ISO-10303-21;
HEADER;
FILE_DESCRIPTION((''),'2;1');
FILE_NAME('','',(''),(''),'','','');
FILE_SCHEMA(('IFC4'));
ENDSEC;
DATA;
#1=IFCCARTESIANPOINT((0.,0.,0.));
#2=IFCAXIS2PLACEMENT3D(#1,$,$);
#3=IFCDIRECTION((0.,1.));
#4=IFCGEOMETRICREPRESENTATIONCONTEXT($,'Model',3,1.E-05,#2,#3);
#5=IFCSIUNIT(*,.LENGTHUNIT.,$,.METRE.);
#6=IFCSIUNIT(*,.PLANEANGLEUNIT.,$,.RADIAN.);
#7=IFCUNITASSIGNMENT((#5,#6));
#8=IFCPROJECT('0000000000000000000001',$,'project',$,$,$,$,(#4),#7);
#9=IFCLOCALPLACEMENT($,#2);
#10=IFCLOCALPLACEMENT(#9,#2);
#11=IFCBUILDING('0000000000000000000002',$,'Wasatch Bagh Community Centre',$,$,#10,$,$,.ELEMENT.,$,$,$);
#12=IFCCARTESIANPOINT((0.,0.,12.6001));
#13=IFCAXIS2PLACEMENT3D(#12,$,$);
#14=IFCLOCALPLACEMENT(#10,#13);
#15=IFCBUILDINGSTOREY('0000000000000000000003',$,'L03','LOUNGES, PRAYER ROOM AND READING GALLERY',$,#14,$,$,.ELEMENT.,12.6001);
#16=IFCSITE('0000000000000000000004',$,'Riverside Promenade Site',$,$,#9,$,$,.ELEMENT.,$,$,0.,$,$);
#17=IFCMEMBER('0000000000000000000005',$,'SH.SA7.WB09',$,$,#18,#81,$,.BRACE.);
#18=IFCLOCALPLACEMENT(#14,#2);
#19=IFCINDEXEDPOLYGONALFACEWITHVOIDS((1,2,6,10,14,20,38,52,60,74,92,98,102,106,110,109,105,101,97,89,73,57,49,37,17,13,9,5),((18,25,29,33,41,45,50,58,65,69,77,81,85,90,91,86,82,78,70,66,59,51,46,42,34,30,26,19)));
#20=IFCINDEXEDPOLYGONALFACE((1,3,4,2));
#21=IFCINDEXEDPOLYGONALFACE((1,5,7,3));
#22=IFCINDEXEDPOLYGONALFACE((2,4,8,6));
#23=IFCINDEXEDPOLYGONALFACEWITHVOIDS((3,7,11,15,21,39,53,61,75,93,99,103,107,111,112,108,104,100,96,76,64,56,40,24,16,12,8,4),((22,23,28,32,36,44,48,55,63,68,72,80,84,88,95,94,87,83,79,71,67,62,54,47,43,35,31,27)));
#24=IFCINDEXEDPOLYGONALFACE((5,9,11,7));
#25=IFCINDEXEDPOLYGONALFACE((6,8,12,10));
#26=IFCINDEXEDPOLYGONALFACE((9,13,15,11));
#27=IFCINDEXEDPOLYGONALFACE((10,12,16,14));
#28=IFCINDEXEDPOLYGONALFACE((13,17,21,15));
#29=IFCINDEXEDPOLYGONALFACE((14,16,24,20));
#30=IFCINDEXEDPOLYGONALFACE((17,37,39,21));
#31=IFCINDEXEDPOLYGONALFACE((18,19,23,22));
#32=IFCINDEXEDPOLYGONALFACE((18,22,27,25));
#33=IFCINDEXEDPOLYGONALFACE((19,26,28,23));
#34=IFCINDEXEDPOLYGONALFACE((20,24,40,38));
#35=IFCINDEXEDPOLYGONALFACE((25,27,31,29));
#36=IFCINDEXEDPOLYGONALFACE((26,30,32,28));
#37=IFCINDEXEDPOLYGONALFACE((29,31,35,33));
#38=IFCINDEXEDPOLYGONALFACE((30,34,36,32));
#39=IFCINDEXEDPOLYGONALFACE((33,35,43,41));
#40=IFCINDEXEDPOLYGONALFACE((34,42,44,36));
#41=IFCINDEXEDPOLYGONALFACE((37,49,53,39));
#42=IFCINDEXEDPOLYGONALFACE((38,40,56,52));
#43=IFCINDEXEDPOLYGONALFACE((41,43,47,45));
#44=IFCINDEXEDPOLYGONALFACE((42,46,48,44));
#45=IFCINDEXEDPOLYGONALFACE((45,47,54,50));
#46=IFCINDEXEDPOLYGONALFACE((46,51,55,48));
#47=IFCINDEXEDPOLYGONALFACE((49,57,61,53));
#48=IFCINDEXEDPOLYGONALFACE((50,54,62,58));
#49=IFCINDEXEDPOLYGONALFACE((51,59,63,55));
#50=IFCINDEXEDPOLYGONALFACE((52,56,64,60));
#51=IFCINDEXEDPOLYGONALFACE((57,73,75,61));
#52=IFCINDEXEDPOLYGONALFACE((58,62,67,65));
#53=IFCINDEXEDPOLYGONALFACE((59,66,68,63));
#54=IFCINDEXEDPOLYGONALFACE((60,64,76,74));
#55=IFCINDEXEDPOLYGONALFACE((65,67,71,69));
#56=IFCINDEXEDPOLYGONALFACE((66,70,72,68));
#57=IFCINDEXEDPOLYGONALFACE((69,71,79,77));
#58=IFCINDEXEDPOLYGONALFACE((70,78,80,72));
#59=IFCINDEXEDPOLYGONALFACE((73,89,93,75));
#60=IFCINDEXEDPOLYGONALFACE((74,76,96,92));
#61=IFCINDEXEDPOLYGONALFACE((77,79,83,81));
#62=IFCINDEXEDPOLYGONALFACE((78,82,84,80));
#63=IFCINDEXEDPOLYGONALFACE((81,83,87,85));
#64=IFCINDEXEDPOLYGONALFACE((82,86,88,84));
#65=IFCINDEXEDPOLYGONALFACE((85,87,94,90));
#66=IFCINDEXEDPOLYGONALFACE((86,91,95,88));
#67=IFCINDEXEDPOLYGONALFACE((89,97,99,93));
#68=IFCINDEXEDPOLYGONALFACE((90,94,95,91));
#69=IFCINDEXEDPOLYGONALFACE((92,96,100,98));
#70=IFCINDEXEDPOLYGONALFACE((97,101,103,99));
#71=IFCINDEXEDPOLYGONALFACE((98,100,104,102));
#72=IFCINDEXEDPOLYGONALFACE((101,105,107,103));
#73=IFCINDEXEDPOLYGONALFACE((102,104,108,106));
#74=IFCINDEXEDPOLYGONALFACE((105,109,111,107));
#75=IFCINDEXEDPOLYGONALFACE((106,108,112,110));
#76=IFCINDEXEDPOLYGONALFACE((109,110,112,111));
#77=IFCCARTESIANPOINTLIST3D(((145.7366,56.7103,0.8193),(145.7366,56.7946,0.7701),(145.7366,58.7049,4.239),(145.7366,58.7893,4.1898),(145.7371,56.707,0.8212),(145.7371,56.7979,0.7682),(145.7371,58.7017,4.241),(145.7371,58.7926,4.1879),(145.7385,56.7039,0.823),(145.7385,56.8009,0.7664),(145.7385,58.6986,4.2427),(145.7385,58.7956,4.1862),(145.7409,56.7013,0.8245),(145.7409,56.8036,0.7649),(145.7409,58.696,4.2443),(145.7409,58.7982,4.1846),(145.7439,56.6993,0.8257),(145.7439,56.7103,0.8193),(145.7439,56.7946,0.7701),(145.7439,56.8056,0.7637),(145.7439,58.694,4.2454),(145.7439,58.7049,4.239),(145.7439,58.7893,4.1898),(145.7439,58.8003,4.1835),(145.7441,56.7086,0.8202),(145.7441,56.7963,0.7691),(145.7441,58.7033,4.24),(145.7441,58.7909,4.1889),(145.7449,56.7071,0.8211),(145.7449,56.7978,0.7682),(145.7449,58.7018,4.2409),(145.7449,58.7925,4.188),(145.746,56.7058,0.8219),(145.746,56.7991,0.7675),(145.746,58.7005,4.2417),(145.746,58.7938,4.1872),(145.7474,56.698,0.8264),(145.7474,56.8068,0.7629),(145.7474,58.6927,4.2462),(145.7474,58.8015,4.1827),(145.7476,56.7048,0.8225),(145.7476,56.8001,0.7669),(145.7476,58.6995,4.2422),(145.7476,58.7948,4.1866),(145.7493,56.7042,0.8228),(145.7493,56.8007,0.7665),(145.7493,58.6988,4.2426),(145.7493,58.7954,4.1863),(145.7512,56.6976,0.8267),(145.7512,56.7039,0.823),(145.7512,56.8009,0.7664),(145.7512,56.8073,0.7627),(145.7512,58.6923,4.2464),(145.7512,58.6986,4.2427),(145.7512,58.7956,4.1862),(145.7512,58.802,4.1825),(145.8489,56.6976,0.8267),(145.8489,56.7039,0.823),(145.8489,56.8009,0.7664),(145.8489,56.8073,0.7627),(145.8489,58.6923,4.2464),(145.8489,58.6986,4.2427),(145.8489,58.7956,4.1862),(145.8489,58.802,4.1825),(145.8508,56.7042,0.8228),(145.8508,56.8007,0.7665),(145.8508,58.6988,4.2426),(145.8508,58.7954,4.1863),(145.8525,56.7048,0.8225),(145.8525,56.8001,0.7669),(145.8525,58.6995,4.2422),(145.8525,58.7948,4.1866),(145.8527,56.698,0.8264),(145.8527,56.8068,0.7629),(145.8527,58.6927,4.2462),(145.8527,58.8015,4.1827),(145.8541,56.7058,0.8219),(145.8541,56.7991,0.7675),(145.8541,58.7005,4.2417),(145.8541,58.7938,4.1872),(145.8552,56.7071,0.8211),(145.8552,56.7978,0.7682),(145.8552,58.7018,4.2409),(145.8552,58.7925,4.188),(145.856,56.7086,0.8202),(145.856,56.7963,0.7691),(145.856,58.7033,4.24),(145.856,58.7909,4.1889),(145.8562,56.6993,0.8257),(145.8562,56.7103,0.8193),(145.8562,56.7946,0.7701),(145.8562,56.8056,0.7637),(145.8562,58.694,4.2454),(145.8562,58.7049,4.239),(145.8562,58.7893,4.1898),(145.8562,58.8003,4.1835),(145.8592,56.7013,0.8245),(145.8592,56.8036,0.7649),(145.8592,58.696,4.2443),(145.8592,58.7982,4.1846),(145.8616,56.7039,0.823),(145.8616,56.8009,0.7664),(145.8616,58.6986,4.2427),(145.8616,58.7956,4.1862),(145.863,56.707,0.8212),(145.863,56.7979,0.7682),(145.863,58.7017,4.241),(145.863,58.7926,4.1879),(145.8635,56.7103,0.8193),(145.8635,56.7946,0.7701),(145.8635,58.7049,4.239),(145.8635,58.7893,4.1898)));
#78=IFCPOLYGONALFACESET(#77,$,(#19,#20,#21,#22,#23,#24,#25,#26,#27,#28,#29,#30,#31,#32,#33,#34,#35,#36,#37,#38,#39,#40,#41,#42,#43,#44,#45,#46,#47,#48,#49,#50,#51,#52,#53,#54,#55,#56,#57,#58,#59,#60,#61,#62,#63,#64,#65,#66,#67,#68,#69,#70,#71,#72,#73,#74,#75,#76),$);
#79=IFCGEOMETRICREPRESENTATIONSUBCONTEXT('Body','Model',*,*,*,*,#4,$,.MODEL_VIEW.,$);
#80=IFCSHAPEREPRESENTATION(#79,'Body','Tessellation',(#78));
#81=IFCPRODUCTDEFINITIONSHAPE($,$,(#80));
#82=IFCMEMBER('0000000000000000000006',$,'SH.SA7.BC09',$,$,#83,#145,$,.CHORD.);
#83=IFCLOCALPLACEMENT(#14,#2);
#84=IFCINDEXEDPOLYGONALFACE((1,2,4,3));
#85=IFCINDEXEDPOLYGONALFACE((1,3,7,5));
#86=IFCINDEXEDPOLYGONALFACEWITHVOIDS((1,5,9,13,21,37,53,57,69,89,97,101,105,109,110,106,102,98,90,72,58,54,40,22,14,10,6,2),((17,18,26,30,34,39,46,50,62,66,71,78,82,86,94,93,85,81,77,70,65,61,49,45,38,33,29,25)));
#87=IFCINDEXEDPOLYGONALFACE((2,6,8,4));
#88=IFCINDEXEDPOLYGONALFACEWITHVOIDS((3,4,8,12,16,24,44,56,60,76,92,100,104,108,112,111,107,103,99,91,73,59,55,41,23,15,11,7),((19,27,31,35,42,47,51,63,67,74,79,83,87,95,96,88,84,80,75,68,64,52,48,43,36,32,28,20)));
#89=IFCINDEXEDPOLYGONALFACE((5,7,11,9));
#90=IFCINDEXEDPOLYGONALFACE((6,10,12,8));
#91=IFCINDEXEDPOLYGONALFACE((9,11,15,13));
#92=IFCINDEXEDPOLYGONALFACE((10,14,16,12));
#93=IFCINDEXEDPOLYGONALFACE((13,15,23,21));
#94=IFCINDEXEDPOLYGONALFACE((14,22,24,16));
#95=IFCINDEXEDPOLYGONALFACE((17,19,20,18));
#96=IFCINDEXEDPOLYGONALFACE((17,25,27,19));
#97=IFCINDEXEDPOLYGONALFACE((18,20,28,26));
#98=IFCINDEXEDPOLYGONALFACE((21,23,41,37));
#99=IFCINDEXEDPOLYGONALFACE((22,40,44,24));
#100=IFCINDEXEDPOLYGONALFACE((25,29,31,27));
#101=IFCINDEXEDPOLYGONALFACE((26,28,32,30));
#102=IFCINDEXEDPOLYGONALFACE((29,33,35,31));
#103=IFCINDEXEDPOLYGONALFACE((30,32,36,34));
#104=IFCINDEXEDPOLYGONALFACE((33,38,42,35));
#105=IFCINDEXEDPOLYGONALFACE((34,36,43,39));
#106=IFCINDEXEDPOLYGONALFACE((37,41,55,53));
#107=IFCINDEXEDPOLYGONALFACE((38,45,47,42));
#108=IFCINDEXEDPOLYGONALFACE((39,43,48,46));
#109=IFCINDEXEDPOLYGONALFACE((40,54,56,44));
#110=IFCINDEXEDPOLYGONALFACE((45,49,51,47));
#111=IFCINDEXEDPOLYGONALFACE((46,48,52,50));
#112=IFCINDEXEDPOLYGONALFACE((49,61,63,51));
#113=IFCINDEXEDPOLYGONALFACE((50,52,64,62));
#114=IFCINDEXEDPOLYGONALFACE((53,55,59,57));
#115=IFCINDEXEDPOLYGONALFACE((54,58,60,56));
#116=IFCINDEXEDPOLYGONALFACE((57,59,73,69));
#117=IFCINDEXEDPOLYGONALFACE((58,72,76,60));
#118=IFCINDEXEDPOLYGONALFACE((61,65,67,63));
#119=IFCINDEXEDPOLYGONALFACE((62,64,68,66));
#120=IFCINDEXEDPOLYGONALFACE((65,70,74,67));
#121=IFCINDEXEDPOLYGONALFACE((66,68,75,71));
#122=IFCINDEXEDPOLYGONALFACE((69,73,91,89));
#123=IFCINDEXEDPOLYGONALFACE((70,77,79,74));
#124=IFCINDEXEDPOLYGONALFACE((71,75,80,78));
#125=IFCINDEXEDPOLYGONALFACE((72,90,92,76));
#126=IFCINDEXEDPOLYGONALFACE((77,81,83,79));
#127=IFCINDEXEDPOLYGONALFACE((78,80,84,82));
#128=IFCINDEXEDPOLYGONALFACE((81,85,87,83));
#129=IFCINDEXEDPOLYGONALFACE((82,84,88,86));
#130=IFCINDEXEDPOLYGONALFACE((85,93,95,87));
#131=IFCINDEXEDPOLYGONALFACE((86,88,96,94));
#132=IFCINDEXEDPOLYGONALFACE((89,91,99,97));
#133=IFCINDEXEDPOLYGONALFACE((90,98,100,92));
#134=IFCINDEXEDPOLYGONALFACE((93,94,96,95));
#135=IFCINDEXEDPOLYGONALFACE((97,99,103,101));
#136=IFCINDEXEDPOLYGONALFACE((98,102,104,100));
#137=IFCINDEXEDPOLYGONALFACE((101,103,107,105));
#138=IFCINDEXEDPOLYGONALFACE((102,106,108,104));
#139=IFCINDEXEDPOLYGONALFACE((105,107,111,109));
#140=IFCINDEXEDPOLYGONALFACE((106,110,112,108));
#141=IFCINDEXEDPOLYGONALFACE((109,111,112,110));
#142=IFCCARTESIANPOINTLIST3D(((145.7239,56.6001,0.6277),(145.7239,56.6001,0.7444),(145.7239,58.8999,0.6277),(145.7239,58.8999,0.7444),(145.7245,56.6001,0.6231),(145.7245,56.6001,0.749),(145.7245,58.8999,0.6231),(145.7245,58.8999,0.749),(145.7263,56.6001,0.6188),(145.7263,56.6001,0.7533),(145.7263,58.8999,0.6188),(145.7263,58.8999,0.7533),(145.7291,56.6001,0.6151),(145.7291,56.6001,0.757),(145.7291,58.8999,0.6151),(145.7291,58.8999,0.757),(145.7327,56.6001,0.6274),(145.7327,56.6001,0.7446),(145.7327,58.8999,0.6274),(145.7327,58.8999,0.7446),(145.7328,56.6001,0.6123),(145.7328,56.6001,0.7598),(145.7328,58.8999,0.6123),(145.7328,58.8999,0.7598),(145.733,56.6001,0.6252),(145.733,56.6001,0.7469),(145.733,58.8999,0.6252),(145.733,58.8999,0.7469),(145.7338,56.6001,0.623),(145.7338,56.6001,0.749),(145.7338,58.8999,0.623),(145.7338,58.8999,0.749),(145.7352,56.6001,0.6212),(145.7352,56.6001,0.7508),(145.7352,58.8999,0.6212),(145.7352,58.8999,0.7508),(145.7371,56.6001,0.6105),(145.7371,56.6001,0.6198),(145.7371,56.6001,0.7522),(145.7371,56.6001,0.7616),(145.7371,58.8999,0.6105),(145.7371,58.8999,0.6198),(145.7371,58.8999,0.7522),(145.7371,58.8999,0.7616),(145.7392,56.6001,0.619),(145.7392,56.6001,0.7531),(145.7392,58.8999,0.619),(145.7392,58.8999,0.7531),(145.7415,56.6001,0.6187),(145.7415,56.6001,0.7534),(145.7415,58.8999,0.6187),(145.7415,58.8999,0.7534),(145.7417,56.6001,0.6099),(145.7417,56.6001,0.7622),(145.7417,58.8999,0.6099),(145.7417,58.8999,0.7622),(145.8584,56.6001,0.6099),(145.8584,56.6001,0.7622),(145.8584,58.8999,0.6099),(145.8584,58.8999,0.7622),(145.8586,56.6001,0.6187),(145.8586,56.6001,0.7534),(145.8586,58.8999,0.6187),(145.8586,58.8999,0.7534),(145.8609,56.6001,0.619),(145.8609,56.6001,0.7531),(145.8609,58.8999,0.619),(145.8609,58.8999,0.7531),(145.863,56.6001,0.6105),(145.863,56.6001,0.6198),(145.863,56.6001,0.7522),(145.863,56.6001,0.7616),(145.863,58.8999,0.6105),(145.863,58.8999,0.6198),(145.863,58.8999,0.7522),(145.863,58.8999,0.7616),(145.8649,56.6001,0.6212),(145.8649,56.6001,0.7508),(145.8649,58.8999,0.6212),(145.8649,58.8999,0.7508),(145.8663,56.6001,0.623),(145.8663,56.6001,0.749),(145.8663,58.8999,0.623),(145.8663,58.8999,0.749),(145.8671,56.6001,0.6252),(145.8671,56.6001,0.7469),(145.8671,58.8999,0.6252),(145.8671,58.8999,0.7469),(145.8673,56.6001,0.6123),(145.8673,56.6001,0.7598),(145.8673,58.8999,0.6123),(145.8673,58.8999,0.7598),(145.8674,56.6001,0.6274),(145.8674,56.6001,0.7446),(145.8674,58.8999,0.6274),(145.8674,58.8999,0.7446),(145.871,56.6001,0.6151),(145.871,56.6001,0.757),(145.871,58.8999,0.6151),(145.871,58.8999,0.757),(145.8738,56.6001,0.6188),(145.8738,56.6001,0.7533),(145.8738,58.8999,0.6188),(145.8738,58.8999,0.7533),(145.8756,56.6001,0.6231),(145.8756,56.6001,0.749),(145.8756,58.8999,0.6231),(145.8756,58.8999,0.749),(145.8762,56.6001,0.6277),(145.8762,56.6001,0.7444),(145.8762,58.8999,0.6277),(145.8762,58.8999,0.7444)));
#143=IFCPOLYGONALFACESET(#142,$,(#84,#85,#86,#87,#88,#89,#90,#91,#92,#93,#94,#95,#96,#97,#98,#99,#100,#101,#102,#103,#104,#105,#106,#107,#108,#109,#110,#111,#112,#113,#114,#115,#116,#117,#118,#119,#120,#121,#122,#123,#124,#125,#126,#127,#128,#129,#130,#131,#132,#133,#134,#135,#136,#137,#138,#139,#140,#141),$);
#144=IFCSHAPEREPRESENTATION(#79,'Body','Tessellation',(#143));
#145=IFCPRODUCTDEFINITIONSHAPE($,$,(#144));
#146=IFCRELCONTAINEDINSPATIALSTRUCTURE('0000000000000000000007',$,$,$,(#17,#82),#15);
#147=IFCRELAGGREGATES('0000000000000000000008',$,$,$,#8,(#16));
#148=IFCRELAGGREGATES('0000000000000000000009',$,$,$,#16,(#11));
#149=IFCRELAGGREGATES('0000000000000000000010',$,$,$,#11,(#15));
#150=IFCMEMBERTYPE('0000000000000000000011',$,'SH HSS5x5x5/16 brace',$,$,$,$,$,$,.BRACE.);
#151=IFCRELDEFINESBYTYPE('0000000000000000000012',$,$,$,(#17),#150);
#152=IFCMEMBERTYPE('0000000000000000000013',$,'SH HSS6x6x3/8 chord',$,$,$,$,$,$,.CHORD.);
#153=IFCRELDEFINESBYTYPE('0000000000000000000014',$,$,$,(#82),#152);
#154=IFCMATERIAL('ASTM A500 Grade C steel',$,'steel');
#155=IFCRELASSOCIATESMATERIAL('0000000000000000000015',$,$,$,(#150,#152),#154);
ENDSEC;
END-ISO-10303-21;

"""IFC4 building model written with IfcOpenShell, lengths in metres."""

from ifc_helpers import new_model, si_unit, direction, frame, origin, origin_2d, place, context, subcontext, project, spatial, hollow_rectangle, extrude, material, material_profile, profile_set, type_object, element, save


model = new_model("IFC4")

# Units and contexts
model_context = context("Model", 3, precision=1e-05, world=origin(), true_north=direction((0.0, 1.0)))
body_context = subcontext(model_context, "Body", "Model", "MODEL_VIEW")
ifc_project = project(units=[si_unit("LENGTHUNIT", "METRE"), si_unit("PLANEANGLEUNIT", "RADIAN")], contexts=[model_context])

# Site, building, storey
site_placement = place(None, origin())
site = spatial("IfcSite", under=ifc_project, at=site_placement, Name="Riverside Promenade Site", CompositionType="ELEMENT", RefElevation=0.0)
building_placement = place(site_placement, origin())
building = spatial("IfcBuilding", under=site, at=building_placement, Name="Wasatch Bagh Community Centre", CompositionType="ELEMENT")
storey_placement = place(building_placement, frame((0.0, 0.0, 12.6001)))
storey = spatial("IfcBuildingStorey", under=building, at=storey_placement, Name="L03", Description="LOUNGES, PRAYER ROOM AND READING GALLERY", CompositionType="ELEMENT", Elevation=12.6001)

# Members
ifc_material_1 = material(Name="ASTM A500 Grade C steel", Category="steel")
ifc_material_profile_1 = material_profile(ifc_material_1, hollow_rectangle(XDim=0.127, YDim=0.127, WallThickness=0.0073, InnerFilletRadius=0.0073, OuterFilletRadius=0.0146, at=origin_2d()), Name="HSS5x5x5/16")
ifc_profile_set_1 = profile_set([ifc_material_profile_1], Name="ASTM A500 Grade C steel")
member_type_1 = type_object("IfcMemberType", Name="SH HSS5x5x5/16 brace", PredefinedType="BRACE", material=ifc_profile_set_1)
member_1_placement = place(storey_placement, frame((145.8, 56.7524, 0.7947), z_axis=(0.0, 0.503837, 0.863799), x_axis=(-1.0, 0.0, 0.0)))
element("IfcMember", 1, at=member_1_placement, inside=storey, type_object=member_type_1, Name="SH.SA7.WB09", PredefinedType="BRACE", context=body_context, shape_type="SweptSolid", body=[
    extrude(hollow_rectangle(XDim=0.127, YDim=0.127, WallThickness=0.0073, InnerFilletRadius=0.0073, OuterFilletRadius=0.0146, at=origin_2d()), origin(), (0.0, 0.0, 1.0), 3.959),
])
ifc_material_profile_2 = material_profile(ifc_material_1, hollow_rectangle(XDim=0.1523, YDim=0.1523, WallThickness=0.0088, InnerFilletRadius=0.0088, OuterFilletRadius=0.0178, at=origin_2d()), Name="HSS6x6x3/8")
ifc_profile_set_2 = profile_set([ifc_material_profile_2], Name="ASTM A500 Grade C steel")
member_type_2 = type_object("IfcMemberType", Name="SH HSS6x6x3/8 chord", PredefinedType="CHORD", material=ifc_profile_set_2)
member_2_placement = place(storey_placement, frame((145.8, 56.6001, 0.686), z_axis=(0.0, 1.0, 0.0), x_axis=(-1.0, 0.0, 0.0)))
element("IfcMember", 2, at=member_2_placement, inside=storey, type_object=member_type_2, Name="SH.SA7.BC09", PredefinedType="CHORD", context=body_context, shape_type="SweptSolid", body=[
    extrude(hollow_rectangle(XDim=0.1523, YDim=0.1523, WallThickness=0.0088, InnerFilletRadius=0.0088, OuterFilletRadius=0.0178, at=origin_2d()), origin(), (0.0, 0.0, 1.0), 2.2998),
])

save(model, "model.ifc")
